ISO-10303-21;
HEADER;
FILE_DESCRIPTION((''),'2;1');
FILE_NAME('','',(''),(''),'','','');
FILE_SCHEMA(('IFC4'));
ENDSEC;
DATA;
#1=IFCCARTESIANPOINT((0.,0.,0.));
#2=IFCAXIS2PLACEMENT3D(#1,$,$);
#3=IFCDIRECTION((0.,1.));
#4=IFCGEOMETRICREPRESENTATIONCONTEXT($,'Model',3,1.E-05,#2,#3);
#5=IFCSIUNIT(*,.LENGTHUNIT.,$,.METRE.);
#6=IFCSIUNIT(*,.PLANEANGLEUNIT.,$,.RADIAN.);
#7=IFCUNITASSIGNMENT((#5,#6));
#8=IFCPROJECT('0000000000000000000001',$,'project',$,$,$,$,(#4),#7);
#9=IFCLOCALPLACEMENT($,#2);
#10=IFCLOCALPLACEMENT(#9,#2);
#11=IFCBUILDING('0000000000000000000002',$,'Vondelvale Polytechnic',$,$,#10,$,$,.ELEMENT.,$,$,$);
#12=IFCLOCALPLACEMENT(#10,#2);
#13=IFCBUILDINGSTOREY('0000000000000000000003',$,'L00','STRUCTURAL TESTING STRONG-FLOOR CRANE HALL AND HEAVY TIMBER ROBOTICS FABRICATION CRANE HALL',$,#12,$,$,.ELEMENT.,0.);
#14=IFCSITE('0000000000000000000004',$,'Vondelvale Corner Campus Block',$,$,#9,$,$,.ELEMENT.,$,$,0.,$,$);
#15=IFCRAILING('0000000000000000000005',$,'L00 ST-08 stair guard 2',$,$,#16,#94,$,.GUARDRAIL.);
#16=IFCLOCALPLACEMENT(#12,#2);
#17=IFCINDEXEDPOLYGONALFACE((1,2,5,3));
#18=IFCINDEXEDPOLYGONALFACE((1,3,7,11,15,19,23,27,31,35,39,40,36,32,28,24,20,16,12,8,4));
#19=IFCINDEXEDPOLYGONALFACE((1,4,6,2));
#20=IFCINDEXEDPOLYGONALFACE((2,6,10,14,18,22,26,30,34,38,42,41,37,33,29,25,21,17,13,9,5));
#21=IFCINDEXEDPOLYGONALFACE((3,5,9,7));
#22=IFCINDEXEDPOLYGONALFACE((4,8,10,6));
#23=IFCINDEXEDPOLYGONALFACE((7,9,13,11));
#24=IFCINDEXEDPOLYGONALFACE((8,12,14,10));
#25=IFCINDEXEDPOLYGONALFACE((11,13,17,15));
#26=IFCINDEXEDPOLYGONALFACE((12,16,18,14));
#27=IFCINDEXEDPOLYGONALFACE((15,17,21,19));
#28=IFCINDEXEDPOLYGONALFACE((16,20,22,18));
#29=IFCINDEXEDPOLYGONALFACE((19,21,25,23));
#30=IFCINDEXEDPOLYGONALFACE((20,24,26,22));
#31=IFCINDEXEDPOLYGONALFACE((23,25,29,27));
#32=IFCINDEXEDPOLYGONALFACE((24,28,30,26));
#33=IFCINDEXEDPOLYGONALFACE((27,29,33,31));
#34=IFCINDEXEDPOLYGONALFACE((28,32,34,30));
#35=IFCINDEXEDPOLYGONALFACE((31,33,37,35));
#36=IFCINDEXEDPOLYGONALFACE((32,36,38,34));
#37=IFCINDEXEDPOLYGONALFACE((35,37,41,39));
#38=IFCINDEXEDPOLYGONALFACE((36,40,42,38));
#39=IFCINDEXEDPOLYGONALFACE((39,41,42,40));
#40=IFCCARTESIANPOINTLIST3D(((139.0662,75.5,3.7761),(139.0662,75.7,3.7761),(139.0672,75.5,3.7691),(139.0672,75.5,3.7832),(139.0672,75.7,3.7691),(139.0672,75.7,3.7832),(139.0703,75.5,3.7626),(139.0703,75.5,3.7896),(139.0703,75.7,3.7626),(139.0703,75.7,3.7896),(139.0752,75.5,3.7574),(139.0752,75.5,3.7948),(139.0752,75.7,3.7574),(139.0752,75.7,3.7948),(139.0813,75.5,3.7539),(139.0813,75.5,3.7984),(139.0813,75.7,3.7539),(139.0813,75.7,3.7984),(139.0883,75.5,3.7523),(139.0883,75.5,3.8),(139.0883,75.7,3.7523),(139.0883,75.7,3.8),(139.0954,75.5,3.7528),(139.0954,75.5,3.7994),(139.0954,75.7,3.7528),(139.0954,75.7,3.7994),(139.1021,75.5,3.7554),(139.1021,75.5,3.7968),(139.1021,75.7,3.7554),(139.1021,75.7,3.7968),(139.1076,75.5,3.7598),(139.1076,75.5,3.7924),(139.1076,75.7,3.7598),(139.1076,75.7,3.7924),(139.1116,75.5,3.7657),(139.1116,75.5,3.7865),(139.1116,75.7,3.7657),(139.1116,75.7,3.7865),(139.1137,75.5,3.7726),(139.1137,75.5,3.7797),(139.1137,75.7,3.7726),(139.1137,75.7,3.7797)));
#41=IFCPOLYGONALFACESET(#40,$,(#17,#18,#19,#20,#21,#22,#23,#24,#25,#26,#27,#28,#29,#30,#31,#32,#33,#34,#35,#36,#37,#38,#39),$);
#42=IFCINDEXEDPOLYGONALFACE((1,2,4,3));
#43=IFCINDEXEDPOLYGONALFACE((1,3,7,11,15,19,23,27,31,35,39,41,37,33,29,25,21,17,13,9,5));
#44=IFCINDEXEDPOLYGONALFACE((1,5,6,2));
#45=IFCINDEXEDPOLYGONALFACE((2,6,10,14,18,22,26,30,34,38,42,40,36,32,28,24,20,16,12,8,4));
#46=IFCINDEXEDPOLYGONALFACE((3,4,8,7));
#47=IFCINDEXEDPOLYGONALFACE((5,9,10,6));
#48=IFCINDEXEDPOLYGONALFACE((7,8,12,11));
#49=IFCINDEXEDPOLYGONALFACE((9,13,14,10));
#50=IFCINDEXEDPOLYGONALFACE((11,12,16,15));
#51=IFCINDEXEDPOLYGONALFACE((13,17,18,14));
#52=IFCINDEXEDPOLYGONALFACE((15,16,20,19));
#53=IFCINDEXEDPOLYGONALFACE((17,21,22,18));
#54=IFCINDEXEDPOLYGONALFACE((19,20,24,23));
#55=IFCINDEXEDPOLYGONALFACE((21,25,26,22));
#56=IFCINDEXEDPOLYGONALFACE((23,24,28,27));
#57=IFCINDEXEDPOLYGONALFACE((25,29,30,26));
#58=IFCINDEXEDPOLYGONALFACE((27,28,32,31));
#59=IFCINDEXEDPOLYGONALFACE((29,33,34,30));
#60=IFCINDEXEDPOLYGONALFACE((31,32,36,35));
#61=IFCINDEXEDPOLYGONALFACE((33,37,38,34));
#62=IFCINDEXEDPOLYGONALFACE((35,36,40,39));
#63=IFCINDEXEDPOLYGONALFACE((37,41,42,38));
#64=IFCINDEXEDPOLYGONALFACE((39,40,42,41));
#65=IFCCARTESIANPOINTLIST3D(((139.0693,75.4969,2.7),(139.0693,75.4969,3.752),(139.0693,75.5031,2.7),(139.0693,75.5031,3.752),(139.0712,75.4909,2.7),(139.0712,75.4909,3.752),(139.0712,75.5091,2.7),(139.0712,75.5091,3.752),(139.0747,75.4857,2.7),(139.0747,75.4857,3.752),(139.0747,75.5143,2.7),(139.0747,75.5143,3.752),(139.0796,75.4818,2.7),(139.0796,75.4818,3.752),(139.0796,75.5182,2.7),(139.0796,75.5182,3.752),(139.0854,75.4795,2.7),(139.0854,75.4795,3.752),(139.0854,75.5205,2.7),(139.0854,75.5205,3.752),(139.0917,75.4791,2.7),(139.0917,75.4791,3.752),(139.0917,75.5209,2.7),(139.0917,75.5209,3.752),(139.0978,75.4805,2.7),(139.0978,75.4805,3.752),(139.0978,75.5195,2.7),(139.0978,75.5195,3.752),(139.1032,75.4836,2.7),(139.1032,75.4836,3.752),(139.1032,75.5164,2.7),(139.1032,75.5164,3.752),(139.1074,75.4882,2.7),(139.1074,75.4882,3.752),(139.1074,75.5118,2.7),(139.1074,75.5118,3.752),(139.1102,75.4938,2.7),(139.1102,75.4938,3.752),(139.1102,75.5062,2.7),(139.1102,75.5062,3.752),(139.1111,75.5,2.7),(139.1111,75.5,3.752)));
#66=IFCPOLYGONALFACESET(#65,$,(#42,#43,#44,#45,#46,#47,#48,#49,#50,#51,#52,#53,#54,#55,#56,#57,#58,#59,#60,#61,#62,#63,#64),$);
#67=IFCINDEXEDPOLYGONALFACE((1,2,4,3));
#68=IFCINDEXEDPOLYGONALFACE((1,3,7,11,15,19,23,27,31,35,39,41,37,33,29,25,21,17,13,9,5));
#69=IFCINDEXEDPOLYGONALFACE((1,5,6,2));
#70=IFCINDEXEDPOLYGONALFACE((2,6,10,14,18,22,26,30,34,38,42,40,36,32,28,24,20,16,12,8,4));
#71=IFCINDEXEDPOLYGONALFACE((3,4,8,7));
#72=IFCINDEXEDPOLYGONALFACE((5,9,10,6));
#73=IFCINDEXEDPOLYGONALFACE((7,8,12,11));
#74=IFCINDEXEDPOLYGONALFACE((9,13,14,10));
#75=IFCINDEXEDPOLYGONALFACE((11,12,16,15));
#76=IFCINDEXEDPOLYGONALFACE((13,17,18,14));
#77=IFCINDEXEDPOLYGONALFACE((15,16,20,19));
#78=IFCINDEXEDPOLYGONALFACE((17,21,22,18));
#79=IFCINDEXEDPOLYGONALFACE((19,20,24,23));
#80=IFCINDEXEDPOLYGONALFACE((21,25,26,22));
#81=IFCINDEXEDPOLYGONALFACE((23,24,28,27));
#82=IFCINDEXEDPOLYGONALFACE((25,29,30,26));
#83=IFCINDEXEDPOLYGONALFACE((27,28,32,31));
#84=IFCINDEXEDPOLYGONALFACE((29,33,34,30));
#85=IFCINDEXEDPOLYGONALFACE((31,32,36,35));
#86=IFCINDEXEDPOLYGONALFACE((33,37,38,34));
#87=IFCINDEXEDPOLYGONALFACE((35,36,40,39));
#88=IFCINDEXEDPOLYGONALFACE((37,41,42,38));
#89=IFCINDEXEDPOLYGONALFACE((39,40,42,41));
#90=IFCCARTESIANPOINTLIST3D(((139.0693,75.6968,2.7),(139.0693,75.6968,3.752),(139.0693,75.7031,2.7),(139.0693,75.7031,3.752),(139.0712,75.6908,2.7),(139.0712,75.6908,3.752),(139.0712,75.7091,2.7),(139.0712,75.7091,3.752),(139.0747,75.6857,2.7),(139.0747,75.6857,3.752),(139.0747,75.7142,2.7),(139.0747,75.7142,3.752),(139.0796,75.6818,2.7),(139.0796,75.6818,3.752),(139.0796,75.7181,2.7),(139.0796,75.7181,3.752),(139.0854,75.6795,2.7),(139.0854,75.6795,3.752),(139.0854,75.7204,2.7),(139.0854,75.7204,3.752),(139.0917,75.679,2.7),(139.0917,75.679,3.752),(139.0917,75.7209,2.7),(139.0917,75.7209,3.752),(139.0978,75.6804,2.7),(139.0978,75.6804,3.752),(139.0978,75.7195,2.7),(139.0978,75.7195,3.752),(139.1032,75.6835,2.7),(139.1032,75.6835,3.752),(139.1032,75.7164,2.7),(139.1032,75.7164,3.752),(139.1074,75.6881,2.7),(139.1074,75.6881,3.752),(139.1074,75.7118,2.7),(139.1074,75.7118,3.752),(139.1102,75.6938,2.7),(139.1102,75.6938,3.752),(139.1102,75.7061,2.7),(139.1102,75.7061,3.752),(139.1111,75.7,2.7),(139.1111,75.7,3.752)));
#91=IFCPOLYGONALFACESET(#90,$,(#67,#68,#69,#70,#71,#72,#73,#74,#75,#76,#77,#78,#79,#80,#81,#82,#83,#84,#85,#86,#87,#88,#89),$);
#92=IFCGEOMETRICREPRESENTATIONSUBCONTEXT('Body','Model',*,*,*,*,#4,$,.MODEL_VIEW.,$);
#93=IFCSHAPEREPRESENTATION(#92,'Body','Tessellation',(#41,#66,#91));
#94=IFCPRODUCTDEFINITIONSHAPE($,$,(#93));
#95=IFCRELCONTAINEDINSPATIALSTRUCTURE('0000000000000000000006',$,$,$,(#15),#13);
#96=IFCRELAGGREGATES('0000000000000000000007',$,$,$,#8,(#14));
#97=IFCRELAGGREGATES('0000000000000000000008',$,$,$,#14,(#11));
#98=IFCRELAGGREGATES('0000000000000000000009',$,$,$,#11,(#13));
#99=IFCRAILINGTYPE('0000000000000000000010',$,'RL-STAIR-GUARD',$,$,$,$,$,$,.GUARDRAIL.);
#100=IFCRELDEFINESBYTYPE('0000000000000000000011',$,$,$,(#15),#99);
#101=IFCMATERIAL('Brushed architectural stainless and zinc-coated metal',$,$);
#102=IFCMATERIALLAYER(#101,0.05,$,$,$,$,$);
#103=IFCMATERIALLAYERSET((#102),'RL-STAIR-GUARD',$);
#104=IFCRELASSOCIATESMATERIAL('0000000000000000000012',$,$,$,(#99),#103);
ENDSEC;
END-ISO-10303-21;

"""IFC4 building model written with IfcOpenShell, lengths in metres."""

from ifc_helpers import new_model, si_unit, direction, frame, origin, origin_2d, place, context, subcontext, project, spatial, circle, extrude, material, layer, layer_set, type_object, element, save


model = new_model("IFC4")

# Units and contexts
model_context = context("Model", 3, precision=1e-05, world=origin(), true_north=direction((0.0, 1.0)))
body_context = subcontext(model_context, "Body", "Model", "MODEL_VIEW")
ifc_project = project(units=[si_unit("LENGTHUNIT", "METRE"), si_unit("PLANEANGLEUNIT", "RADIAN")], contexts=[model_context])

# Site, building, storey
site_placement = place(None, origin())
site = spatial("IfcSite", under=ifc_project, at=site_placement, Name="Vondelvale Corner Campus Block", CompositionType="ELEMENT", RefElevation=0.0)
building_placement = place(site_placement, origin())
building = spatial("IfcBuilding", under=site, at=building_placement, Name="Vondelvale Polytechnic", CompositionType="ELEMENT")
storey_placement = place(building_placement, origin())
storey = spatial("IfcBuildingStorey", under=building, at=storey_placement, Name="L00", Description="STRUCTURAL TESTING STRONG-FLOOR CRANE HALL AND HEAVY TIMBER ROBOTICS FABRICATION CRANE HALL", CompositionType="ELEMENT", Elevation=0.0)

# Railing
ifc_material_1 = material(Name="Brushed architectural stainless and zinc-coated metal")
ifc_layer_1 = layer(ifc_material_1, 0.05)
ifc_layer_set_1 = layer_set([ifc_layer_1], Name="RL-STAIR-GUARD")
railing_type_1 = type_object("IfcRailingType", Name="RL-STAIR-GUARD", PredefinedType="GUARDRAIL", material=ifc_layer_set_1)
railing_1_placement = place(storey_placement, frame((139.0901, 75.5, 2.7)))
element("IfcRailing", 1, at=railing_1_placement, inside=storey, type_object=railing_type_1, Name="L00 ST-08 stair guard 2", PredefinedType="GUARDRAIL", context=body_context, shape_type="SweptSolid", body=[
    extrude(circle(Radius=0.0239, at=origin_2d()), frame((0.0, 0.0, 1.0762), z_axis=(0.0, 1.0, 0.0), x_axis=(-1.0, 0.0, 0.0)), (0.0, 0.0, 1.0), 0.2),
    extrude(circle(Radius=0.021, at=origin_2d()), origin(), (0.0, 0.0, 1.0), 1.052),
    extrude(circle(Radius=0.021, at=origin_2d()), frame((0.0, 0.2, 0.0)), (0.0, 0.0, 1.0), 1.052),
])

save(model, "model.ifc")
